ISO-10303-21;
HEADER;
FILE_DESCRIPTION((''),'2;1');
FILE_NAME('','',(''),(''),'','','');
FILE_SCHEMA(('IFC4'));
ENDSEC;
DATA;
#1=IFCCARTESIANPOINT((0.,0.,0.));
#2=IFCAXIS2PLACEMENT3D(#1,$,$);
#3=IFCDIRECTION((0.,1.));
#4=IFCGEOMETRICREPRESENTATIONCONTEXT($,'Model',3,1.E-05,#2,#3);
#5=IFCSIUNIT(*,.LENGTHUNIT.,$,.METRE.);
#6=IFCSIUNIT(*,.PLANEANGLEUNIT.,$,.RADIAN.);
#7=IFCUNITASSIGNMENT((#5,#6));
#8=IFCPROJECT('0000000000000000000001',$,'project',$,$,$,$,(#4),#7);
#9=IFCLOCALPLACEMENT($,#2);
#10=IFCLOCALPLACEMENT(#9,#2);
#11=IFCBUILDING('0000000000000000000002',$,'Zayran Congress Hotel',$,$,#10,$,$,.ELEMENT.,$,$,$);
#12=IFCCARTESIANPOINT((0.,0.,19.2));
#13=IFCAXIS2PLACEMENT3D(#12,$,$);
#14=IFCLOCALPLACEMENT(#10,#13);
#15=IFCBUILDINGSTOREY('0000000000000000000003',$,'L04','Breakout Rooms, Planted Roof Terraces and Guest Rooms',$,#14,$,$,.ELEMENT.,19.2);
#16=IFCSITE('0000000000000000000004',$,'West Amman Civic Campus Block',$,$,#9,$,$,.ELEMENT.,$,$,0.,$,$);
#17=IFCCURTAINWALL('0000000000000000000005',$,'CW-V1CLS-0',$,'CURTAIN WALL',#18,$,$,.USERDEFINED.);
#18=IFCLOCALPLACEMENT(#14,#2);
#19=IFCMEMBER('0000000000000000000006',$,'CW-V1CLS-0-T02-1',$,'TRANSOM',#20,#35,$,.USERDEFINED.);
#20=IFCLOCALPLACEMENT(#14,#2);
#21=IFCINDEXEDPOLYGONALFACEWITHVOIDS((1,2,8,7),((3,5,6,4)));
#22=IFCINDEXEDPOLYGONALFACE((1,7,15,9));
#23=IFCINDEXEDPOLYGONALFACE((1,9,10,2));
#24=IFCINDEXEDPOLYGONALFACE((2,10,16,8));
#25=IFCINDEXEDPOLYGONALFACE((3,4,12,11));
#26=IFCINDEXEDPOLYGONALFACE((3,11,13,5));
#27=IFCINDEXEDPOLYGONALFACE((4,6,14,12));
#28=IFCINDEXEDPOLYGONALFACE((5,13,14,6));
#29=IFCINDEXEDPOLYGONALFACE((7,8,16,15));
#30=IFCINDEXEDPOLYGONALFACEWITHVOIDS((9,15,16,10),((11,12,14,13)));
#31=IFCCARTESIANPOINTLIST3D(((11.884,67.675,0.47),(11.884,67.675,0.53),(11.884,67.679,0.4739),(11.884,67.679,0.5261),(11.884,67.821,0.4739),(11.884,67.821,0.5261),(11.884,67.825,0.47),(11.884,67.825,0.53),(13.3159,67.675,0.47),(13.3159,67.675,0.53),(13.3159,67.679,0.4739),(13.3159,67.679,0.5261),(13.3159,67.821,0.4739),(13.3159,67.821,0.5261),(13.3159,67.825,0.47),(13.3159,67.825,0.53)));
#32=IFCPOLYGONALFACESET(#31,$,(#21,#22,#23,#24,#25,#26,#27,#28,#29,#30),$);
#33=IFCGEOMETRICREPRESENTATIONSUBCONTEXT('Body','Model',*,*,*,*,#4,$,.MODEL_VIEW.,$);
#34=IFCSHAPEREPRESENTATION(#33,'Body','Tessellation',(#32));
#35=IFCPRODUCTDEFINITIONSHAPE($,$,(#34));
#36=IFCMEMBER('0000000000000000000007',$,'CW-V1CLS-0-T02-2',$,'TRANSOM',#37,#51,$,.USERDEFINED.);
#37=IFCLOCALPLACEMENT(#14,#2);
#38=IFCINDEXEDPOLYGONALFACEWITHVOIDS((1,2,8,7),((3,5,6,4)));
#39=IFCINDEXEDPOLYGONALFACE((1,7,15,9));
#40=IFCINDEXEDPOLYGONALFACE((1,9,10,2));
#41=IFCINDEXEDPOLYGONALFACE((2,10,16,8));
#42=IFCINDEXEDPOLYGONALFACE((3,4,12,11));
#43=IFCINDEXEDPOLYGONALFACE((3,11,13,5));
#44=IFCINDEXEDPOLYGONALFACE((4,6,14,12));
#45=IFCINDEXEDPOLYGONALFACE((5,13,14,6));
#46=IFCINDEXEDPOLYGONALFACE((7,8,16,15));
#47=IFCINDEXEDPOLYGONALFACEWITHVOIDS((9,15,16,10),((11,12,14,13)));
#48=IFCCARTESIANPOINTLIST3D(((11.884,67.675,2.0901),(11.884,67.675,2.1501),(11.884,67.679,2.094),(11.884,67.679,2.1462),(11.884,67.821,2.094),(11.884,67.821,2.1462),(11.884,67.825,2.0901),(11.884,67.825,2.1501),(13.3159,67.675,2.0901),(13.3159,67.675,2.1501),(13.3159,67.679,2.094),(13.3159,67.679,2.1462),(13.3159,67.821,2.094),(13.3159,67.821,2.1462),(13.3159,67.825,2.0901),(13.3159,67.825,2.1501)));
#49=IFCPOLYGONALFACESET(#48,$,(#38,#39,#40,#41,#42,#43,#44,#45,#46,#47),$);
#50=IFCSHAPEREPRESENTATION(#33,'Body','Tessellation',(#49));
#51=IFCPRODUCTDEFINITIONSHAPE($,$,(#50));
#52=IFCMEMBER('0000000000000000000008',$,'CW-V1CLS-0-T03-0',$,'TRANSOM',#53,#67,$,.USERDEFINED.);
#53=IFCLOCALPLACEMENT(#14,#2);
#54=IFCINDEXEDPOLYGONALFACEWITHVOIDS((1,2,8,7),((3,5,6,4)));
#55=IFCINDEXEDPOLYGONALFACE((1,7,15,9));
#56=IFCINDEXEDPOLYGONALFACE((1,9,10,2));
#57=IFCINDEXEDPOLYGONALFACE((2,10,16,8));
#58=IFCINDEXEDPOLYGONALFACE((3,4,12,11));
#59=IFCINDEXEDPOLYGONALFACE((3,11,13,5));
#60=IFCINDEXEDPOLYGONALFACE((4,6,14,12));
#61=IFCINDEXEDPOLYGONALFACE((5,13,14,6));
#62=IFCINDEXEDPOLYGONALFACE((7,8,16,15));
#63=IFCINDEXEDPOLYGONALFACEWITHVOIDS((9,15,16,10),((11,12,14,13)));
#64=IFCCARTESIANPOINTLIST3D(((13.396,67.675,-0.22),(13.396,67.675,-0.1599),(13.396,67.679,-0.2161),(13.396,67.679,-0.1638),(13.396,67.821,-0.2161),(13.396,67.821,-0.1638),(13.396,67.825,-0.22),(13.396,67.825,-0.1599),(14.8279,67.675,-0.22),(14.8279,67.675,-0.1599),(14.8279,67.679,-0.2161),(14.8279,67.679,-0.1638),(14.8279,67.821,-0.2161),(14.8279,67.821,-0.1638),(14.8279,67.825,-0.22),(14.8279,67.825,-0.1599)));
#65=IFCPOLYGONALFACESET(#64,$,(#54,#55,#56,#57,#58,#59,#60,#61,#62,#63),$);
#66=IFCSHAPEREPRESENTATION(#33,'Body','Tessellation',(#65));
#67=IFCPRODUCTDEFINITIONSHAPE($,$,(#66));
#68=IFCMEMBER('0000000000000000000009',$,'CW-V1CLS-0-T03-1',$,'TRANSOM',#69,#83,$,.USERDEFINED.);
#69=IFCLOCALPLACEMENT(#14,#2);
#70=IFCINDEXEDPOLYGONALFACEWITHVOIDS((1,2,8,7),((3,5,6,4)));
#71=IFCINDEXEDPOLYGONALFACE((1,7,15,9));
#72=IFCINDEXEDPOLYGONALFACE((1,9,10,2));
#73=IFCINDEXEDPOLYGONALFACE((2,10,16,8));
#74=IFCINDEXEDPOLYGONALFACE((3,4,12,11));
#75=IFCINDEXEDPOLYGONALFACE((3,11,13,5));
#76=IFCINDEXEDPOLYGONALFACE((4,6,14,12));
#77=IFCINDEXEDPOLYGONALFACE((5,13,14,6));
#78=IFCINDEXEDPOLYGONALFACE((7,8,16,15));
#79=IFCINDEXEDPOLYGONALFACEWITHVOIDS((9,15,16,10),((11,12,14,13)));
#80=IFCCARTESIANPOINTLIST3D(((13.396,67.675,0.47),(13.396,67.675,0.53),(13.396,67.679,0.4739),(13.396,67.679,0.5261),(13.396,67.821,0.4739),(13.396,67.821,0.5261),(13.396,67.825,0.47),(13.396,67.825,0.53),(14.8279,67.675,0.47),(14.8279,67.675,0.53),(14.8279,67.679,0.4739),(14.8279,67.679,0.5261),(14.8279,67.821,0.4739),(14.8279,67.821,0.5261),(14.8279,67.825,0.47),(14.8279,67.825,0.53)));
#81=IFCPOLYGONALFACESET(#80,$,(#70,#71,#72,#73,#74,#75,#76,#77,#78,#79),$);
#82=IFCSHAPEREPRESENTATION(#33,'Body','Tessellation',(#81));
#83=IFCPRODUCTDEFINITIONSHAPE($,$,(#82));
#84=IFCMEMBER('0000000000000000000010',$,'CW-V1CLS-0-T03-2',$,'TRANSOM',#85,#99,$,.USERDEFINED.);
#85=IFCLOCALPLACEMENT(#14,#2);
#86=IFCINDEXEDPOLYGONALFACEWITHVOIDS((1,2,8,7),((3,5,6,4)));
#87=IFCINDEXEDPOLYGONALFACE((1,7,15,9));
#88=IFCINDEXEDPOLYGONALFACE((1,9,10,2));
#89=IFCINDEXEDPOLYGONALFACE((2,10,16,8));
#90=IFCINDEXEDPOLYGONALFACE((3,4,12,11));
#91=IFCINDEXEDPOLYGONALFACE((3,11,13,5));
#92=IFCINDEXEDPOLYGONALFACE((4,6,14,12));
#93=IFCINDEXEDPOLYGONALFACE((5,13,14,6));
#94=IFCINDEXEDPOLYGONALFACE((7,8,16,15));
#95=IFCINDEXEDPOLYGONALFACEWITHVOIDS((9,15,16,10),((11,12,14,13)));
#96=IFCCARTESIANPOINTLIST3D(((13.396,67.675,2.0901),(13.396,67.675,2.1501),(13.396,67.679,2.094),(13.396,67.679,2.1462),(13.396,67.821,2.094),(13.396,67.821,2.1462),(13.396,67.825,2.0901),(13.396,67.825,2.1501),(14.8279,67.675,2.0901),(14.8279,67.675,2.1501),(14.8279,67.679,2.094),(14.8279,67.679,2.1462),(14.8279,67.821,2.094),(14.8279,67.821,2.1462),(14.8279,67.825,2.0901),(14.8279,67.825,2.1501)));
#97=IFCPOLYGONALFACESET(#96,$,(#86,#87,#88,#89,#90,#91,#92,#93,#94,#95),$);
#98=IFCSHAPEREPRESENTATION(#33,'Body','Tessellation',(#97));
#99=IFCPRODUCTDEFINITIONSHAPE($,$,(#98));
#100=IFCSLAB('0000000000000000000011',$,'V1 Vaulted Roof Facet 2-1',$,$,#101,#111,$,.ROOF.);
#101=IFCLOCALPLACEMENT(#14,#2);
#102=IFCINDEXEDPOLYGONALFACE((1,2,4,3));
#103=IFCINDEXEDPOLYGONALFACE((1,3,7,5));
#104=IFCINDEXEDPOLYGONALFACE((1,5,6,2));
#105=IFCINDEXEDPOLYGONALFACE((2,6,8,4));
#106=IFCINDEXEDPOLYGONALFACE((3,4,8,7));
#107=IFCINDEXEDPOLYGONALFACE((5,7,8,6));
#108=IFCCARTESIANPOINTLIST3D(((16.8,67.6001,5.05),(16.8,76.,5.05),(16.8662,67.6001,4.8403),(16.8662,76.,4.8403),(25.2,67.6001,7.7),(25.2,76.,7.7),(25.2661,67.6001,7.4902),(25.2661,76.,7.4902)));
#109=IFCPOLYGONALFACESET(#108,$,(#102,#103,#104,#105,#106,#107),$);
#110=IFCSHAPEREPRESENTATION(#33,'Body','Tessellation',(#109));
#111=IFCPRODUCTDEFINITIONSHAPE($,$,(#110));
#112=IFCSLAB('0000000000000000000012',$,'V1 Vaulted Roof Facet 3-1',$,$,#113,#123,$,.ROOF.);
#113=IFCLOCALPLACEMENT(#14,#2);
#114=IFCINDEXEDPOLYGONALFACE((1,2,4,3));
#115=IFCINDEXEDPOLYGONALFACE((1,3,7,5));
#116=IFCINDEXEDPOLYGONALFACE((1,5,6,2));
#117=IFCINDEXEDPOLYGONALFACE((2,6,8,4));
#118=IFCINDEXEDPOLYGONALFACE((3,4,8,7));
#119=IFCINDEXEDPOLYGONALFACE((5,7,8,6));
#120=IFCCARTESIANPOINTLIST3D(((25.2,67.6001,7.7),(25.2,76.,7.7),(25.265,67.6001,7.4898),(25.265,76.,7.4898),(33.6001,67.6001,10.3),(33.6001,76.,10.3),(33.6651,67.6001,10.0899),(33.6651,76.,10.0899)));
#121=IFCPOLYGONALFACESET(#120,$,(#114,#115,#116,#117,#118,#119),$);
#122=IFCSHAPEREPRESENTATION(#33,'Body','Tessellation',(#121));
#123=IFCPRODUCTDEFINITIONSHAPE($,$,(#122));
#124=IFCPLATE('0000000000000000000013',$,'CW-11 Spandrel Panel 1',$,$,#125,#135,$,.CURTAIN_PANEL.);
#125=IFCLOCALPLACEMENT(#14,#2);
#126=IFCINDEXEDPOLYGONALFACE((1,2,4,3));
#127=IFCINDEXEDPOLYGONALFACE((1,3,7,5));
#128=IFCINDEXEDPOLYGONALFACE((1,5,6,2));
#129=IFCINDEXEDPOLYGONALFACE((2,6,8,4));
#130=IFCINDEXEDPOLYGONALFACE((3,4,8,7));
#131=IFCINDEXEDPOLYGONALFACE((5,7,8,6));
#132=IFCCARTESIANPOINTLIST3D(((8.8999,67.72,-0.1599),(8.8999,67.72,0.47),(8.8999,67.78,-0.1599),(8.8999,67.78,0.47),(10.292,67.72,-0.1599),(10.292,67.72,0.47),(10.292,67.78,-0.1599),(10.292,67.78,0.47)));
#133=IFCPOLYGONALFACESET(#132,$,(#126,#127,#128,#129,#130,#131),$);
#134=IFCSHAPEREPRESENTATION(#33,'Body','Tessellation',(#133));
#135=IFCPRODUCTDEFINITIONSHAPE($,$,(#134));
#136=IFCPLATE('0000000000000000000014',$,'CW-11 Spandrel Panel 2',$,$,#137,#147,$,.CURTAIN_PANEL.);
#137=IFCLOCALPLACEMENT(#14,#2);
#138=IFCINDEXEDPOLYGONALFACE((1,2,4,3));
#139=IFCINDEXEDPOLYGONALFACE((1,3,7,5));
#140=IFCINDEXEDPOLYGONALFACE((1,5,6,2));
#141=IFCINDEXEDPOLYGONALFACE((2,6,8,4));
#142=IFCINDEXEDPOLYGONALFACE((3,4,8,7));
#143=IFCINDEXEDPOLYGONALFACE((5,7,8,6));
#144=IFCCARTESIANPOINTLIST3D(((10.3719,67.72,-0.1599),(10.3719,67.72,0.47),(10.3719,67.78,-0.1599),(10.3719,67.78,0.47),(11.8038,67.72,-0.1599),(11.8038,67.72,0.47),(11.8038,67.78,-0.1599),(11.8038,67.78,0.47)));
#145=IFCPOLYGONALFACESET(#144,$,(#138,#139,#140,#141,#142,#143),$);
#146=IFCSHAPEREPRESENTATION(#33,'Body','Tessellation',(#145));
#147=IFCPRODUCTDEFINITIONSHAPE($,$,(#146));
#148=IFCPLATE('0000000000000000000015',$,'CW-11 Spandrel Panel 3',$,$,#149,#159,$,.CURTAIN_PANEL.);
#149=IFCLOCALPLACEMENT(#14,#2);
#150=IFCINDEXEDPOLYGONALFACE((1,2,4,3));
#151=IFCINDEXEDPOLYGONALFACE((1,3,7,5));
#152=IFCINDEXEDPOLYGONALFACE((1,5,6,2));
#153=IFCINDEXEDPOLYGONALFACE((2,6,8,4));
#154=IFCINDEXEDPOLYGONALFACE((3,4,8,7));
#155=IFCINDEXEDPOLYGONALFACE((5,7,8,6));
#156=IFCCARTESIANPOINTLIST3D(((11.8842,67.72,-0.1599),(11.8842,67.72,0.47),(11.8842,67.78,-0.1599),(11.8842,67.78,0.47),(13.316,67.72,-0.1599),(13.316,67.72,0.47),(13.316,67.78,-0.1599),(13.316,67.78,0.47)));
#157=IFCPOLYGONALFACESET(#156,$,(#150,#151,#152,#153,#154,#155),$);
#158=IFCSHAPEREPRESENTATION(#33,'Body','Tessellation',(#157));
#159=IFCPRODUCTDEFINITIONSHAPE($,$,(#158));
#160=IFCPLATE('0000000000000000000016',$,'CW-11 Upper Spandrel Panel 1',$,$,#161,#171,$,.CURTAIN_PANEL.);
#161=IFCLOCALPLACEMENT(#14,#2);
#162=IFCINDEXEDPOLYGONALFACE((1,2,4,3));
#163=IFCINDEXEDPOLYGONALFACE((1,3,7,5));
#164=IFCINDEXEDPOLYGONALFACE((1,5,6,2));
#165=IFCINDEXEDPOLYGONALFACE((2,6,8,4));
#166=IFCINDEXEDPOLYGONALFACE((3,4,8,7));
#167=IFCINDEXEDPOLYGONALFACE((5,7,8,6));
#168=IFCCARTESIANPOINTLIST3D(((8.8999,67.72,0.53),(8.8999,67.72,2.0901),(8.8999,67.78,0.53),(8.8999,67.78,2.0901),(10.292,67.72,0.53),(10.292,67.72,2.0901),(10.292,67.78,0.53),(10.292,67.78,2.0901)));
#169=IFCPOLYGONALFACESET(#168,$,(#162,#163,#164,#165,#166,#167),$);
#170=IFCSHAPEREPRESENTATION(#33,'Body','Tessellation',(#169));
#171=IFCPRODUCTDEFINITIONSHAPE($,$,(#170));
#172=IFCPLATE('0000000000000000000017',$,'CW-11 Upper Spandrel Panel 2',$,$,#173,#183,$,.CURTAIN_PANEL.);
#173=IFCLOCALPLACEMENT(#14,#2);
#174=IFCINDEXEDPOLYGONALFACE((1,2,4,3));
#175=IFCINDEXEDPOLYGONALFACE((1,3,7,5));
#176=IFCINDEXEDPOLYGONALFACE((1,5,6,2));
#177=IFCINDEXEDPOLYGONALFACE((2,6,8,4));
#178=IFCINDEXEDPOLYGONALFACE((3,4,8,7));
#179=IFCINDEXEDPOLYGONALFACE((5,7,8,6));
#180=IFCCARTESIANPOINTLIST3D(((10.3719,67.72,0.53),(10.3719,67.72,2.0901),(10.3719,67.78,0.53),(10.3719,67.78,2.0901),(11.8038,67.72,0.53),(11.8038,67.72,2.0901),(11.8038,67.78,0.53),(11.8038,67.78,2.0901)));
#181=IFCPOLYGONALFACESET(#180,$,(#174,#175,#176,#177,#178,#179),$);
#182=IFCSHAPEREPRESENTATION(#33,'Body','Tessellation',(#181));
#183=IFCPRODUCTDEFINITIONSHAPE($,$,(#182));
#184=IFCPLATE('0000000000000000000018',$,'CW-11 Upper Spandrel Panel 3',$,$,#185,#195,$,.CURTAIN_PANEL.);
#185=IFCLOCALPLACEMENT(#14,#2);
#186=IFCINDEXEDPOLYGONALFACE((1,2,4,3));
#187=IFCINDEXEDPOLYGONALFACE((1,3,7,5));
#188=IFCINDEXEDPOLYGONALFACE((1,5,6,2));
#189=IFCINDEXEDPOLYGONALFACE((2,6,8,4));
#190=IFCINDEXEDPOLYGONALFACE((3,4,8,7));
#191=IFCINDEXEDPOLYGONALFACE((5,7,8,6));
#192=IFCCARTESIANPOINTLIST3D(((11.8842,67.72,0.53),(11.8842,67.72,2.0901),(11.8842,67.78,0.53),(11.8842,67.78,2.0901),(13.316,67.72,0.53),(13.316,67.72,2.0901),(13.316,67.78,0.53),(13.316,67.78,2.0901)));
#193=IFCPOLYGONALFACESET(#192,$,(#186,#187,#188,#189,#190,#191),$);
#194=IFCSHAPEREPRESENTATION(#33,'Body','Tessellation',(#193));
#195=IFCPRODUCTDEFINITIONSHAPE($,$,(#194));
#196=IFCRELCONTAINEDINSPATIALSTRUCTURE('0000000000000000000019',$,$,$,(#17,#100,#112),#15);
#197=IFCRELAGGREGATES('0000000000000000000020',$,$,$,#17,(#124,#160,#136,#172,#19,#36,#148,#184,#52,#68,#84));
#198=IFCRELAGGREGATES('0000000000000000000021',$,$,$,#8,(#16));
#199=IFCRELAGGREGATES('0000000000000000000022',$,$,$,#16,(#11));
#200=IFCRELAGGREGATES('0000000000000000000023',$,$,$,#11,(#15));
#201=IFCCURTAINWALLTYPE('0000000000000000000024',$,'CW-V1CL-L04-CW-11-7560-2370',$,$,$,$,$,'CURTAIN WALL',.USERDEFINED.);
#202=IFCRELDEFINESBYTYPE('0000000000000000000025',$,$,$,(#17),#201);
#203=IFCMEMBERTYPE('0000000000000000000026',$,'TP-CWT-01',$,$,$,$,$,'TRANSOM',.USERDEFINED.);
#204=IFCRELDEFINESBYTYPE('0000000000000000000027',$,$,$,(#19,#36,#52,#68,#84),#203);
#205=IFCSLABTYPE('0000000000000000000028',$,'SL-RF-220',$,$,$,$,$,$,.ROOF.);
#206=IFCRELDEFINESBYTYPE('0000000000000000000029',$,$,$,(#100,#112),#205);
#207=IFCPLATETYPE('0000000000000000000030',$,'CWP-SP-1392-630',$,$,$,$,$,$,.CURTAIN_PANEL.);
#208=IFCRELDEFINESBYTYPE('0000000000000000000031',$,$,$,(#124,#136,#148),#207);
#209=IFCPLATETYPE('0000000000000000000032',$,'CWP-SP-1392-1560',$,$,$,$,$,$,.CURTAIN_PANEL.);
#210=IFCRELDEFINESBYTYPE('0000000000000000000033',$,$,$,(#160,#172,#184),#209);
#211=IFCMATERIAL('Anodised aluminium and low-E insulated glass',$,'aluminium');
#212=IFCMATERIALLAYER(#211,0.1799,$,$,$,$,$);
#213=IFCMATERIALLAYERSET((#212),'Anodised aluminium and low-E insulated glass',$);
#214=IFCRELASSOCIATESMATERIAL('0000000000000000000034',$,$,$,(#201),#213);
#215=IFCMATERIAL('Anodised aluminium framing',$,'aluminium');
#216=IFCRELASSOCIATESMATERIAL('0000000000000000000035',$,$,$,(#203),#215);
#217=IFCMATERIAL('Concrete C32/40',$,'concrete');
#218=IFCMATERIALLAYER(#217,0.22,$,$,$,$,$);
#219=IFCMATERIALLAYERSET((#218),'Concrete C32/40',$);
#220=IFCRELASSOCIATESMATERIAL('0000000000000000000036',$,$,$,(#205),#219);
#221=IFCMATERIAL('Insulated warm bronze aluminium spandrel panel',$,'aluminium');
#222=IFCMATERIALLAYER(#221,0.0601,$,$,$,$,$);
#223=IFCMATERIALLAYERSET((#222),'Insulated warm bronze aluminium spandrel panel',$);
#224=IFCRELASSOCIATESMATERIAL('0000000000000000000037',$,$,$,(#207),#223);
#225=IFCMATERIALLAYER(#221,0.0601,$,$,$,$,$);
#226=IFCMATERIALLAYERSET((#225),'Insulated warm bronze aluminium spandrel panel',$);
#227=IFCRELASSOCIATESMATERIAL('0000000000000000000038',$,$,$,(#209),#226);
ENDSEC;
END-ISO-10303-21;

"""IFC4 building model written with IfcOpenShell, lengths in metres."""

from ifc_helpers import new_model, si_unit, direction, frame, origin, origin_2d, place, context, subcontext, project, spatial, polyline, rectangle, hollow_rectangle, outline, extrude, material, layer, layer_set, material_profile, profile_set, type_object, element, aggregate, save


model = new_model("IFC4")

# Units and contexts
model_context = context("Model", 3, precision=1e-05, world=origin(), true_north=direction((0.0, 1.0)))
body_context = subcontext(model_context, "Body", "Model", "MODEL_VIEW")
ifc_project = project(units=[si_unit("LENGTHUNIT", "METRE"), si_unit("PLANEANGLEUNIT", "RADIAN")], contexts=[model_context])

# Site, building, storey
site_placement = place(None, origin())
site = spatial("IfcSite", under=ifc_project, at=site_placement, Name="West Amman Civic Campus Block", CompositionType="ELEMENT", RefElevation=0.0)
building_placement = place(site_placement, origin())
building = spatial("IfcBuilding", under=site, at=building_placement, Name="Zayran Congress Hotel", CompositionType="ELEMENT")
storey_placement = place(building_placement, frame((0.0, 0.0, 19.2)))
storey = spatial("IfcBuildingStorey", under=building, at=storey_placement, Name="L04", Description="Breakout Rooms, Planted Roof Terraces and Guest Rooms", CompositionType="ELEMENT", Elevation=19.2)

# Curtain wall, members
ifc_material_1 = material(Name="Anodised aluminium and low-E insulated glass", Category="aluminium")
ifc_layer_1 = layer(ifc_material_1, 0.1799)
ifc_layer_set_1 = layer_set([ifc_layer_1], Name="Anodised aluminium and low-E insulated glass")
curtain_wall_type = type_object("IfcCurtainWallType", Name="CW-V1CL-L04-CW-11-7560-2370", ElementType="CURTAIN WALL", PredefinedType="USERDEFINED", material=ifc_layer_set_1)
curtain_wall_placement = place(storey_placement, origin())
curtain_wall = element("IfcCurtainWall", 1, at=curtain_wall_placement, inside=storey, type_object=curtain_wall_type, Name="CW-V1CLS-0", ObjectType="CURTAIN WALL", PredefinedType="USERDEFINED")
ifc_material_2 = material(Name="Anodised aluminium framing", Category="aluminium")
ifc_material_profile_1 = material_profile(ifc_material_2, hollow_rectangle(XDim=0.0601, YDim=0.1499, WallThickness=0.0039, at=origin_2d()), Name="RHS 150x60x4")
ifc_profile_set_1 = profile_set([ifc_material_profile_1], Name="Anodised aluminium framing")
member_type_1 = type_object("IfcMemberType", Name="TP-CWT-01", ElementType="TRANSOM", PredefinedType="USERDEFINED", material=ifc_profile_set_1)
member_1_placement = place(storey_placement, frame((11.884, 67.75, 0.5), z_axis=(1.0, 0.0, 0.0), x_axis=(0.0, 0.0, 1.0)))
member_1 = element("IfcMember", 2, at=member_1_placement, type_object=member_type_1, Name="CW-V1CLS-0-T02-1", ObjectType="TRANSOM", PredefinedType="USERDEFINED", context=body_context, shape_type="SweptSolid", body=[
    extrude(hollow_rectangle(XDim=0.0601, YDim=0.1499, WallThickness=0.0039, at=origin_2d()), origin(), (0.0, 0.0, 1.0), 1.4319),
])
member_2_placement = place(storey_placement, frame((11.884, 67.75, 2.1201), z_axis=(1.0, 0.0, 0.0), x_axis=(0.0, 0.0, 1.0)))
member_2 = element("IfcMember", 3, at=member_2_placement, type_object=member_type_1, Name="CW-V1CLS-0-T02-2", ObjectType="TRANSOM", PredefinedType="USERDEFINED", context=body_context, shape_type="SweptSolid", body=[
    extrude(hollow_rectangle(XDim=0.0601, YDim=0.1499, WallThickness=0.0039, at=origin_2d()), origin(), (0.0, 0.0, 1.0), 1.4319),
])
member_3_placement = place(storey_placement, frame((13.396, 67.75, -0.1899), z_axis=(1.0, 0.0, 0.0), x_axis=(0.0, 0.0, 1.0)))
member_3 = element("IfcMember", 4, at=member_3_placement, type_object=member_type_1, Name="CW-V1CLS-0-T03-0", ObjectType="TRANSOM", PredefinedType="USERDEFINED", context=body_context, shape_type="SweptSolid", body=[
    extrude(hollow_rectangle(XDim=0.0601, YDim=0.1499, WallThickness=0.0039, at=origin_2d()), origin(), (0.0, 0.0, 1.0), 1.4319),
])
member_4_placement = place(storey_placement, frame((13.396, 67.75, 0.5), z_axis=(1.0, 0.0, 0.0), x_axis=(0.0, 0.0, 1.0)))
member_4 = element("IfcMember", 5, at=member_4_placement, type_object=member_type_1, Name="CW-V1CLS-0-T03-1", ObjectType="TRANSOM", PredefinedType="USERDEFINED", context=body_context, shape_type="SweptSolid", body=[
    extrude(hollow_rectangle(XDim=0.0601, YDim=0.1499, WallThickness=0.0039, at=origin_2d()), origin(), (0.0, 0.0, 1.0), 1.4319),
])
member_5_placement = place(storey_placement, frame((13.396, 67.75, 2.1201), z_axis=(1.0, 0.0, 0.0), x_axis=(0.0, 0.0, 1.0)))
member_5 = element("IfcMember", 6, at=member_5_placement, type_object=member_type_1, Name="CW-V1CLS-0-T03-2", ObjectType="TRANSOM", PredefinedType="USERDEFINED", context=body_context, shape_type="SweptSolid", body=[
    extrude(hollow_rectangle(XDim=0.0601, YDim=0.1499, WallThickness=0.0039, at=origin_2d()), origin(), (0.0, 0.0, 1.0), 1.4319),
])

# Slabs
ifc_material_3 = material(Name="Concrete C32/40", Category="concrete")
ifc_layer_2 = layer(ifc_material_3, 0.22)
ifc_layer_set_2 = layer_set([ifc_layer_2], Name="Concrete C32/40")
slab_type = type_object("IfcSlabType", Name="SL-RF-220", PredefinedType="ROOF", material=ifc_layer_set_2)
slab_1_placement = place(storey_placement, frame((16.8, 67.6001, 5.05), z_axis=(-0.300853, 0.0, 0.953671), x_axis=(0.953671, 0.0, 0.300853)))
element("IfcSlab", 7, at=slab_1_placement, inside=storey, type_object=slab_type, Name="V1 Vaulted Roof Facet 2-1", PredefinedType="ROOF", context=body_context, shape_type="SweptSolid", body=[
    extrude(outline(polyline([(0.0, 0.0), (8.808, 0.0), (8.808, 8.3999), (0.0, 8.3999), (0.0, 0.0)])), origin(), (0.0, 0.0, -1.0), 0.22),
])
slab_2_placement = place(storey_placement, frame((25.2, 67.6001, 7.7), z_axis=(-0.295689, 0.0, 0.955284), x_axis=(0.955284, 0.0, 0.295689)))
element("IfcSlab", 8, at=slab_2_placement, inside=storey, type_object=slab_type, Name="V1 Vaulted Roof Facet 3-1", PredefinedType="ROOF", context=body_context, shape_type="SweptSolid", body=[
    extrude(outline(polyline([(0.0, 0.0), (8.7933, 0.0), (8.7933, 8.3999), (0.0, 8.3999), (0.0, 0.0)])), origin(), (0.0, 0.0, -1.0), 0.22),
])

# Plates
ifc_material_4 = material(Name="Insulated warm bronze aluminium spandrel panel", Category="aluminium")
ifc_layer_3 = layer(ifc_material_4, 0.0601)
ifc_layer_set_3 = layer_set([ifc_layer_3], Name="Insulated warm bronze aluminium spandrel panel")
plate_type_1 = type_object("IfcPlateType", Name="CWP-SP-1392-630", PredefinedType="CURTAIN_PANEL", material=ifc_layer_set_3)
plate_1_placement = place(storey_placement, frame((9.5959, 67.75, -0.1599), z_axis=(0.0, 0.0, 1.0), x_axis=(1.0, 0.0, 0.0)))
plate_1 = element("IfcPlate", 9, at=plate_1_placement, type_object=plate_type_1, Name="CW-11 Spandrel Panel 1", PredefinedType="CURTAIN_PANEL", context=body_context, shape_type="SweptSolid", body=[
    extrude(rectangle(XDim=1.3921, YDim=0.0601, at=origin_2d()), origin(), (0.0, 0.0, 1.0), 0.6299),
])
plate_2_placement = place(storey_placement, frame((11.0879, 67.75, -0.1599), z_axis=(0.0, 0.0, 1.0), x_axis=(1.0, 0.0, 0.0)))
plate_2 = element("IfcPlate", 10, at=plate_2_placement, type_object=plate_type_1, Name="CW-11 Spandrel Panel 2", PredefinedType="CURTAIN_PANEL", context=body_context, shape_type="SweptSolid", body=[
    extrude(rectangle(XDim=1.4319, YDim=0.0601, at=origin_2d()), origin(), (0.0, 0.0, 1.0), 0.6299),
])
plate_3_placement = place(storey_placement, frame((12.6001, 67.75, -0.1599), z_axis=(0.0, 0.0, 1.0), x_axis=(1.0, 0.0, 0.0)))
plate_3 = element("IfcPlate", 11, at=plate_3_placement, type_object=plate_type_1, Name="CW-11 Spandrel Panel 3", PredefinedType="CURTAIN_PANEL", context=body_context, shape_type="SweptSolid", body=[
    extrude(rectangle(XDim=1.4319, YDim=0.0601, at=origin_2d()), origin(), (0.0, 0.0, 1.0), 0.6299),
])
ifc_layer_4 = layer(ifc_material_4, 0.0601)
ifc_layer_set_4 = layer_set([ifc_layer_4], Name="Insulated warm bronze aluminium spandrel panel")
plate_type_2 = type_object("IfcPlateType", Name="CWP-SP-1392-1560", PredefinedType="CURTAIN_PANEL", material=ifc_layer_set_4)
plate_4_placement = place(storey_placement, frame((9.5959, 67.75, 0.53), z_axis=(0.0, 0.0, 1.0), x_axis=(1.0, 0.0, 0.0)))
plate_4 = element("IfcPlate", 12, at=plate_4_placement, type_object=plate_type_2, Name="CW-11 Upper Spandrel Panel 1", PredefinedType="CURTAIN_PANEL", context=body_context, shape_type="SweptSolid", body=[
    extrude(rectangle(XDim=1.3921, YDim=0.0601, at=origin_2d()), origin(), (0.0, 0.0, 1.0), 1.5601),
])
plate_5_placement = place(storey_placement, frame((11.0879, 67.75, 0.53), z_axis=(0.0, 0.0, 1.0), x_axis=(1.0, 0.0, 0.0)))
plate_5 = element("IfcPlate", 13, at=plate_5_placement, type_object=plate_type_2, Name="CW-11 Upper Spandrel Panel 2", PredefinedType="CURTAIN_PANEL", context=body_context, shape_type="SweptSolid", body=[
    extrude(rectangle(XDim=1.4319, YDim=0.0601, at=origin_2d()), origin(), (0.0, 0.0, 1.0), 1.5601),
])
plate_6_placement = place(storey_placement, frame((12.6001, 67.75, 0.53), z_axis=(0.0, 0.0, 1.0), x_axis=(1.0, 0.0, 0.0)))
plate_6 = element("IfcPlate", 14, at=plate_6_placement, type_object=plate_type_2, Name="CW-11 Upper Spandrel Panel 3", PredefinedType="CURTAIN_PANEL", context=body_context, shape_type="SweptSolid", body=[
    extrude(rectangle(XDim=1.4319, YDim=0.0601, at=origin_2d()), origin(), (0.0, 0.0, 1.0), 1.5601),
])
aggregate(curtain_wall, [plate_1, plate_4, plate_2, plate_5, member_1, member_2, plate_3, plate_6, member_3, member_4, member_5])

save(model, "model.ifc")
